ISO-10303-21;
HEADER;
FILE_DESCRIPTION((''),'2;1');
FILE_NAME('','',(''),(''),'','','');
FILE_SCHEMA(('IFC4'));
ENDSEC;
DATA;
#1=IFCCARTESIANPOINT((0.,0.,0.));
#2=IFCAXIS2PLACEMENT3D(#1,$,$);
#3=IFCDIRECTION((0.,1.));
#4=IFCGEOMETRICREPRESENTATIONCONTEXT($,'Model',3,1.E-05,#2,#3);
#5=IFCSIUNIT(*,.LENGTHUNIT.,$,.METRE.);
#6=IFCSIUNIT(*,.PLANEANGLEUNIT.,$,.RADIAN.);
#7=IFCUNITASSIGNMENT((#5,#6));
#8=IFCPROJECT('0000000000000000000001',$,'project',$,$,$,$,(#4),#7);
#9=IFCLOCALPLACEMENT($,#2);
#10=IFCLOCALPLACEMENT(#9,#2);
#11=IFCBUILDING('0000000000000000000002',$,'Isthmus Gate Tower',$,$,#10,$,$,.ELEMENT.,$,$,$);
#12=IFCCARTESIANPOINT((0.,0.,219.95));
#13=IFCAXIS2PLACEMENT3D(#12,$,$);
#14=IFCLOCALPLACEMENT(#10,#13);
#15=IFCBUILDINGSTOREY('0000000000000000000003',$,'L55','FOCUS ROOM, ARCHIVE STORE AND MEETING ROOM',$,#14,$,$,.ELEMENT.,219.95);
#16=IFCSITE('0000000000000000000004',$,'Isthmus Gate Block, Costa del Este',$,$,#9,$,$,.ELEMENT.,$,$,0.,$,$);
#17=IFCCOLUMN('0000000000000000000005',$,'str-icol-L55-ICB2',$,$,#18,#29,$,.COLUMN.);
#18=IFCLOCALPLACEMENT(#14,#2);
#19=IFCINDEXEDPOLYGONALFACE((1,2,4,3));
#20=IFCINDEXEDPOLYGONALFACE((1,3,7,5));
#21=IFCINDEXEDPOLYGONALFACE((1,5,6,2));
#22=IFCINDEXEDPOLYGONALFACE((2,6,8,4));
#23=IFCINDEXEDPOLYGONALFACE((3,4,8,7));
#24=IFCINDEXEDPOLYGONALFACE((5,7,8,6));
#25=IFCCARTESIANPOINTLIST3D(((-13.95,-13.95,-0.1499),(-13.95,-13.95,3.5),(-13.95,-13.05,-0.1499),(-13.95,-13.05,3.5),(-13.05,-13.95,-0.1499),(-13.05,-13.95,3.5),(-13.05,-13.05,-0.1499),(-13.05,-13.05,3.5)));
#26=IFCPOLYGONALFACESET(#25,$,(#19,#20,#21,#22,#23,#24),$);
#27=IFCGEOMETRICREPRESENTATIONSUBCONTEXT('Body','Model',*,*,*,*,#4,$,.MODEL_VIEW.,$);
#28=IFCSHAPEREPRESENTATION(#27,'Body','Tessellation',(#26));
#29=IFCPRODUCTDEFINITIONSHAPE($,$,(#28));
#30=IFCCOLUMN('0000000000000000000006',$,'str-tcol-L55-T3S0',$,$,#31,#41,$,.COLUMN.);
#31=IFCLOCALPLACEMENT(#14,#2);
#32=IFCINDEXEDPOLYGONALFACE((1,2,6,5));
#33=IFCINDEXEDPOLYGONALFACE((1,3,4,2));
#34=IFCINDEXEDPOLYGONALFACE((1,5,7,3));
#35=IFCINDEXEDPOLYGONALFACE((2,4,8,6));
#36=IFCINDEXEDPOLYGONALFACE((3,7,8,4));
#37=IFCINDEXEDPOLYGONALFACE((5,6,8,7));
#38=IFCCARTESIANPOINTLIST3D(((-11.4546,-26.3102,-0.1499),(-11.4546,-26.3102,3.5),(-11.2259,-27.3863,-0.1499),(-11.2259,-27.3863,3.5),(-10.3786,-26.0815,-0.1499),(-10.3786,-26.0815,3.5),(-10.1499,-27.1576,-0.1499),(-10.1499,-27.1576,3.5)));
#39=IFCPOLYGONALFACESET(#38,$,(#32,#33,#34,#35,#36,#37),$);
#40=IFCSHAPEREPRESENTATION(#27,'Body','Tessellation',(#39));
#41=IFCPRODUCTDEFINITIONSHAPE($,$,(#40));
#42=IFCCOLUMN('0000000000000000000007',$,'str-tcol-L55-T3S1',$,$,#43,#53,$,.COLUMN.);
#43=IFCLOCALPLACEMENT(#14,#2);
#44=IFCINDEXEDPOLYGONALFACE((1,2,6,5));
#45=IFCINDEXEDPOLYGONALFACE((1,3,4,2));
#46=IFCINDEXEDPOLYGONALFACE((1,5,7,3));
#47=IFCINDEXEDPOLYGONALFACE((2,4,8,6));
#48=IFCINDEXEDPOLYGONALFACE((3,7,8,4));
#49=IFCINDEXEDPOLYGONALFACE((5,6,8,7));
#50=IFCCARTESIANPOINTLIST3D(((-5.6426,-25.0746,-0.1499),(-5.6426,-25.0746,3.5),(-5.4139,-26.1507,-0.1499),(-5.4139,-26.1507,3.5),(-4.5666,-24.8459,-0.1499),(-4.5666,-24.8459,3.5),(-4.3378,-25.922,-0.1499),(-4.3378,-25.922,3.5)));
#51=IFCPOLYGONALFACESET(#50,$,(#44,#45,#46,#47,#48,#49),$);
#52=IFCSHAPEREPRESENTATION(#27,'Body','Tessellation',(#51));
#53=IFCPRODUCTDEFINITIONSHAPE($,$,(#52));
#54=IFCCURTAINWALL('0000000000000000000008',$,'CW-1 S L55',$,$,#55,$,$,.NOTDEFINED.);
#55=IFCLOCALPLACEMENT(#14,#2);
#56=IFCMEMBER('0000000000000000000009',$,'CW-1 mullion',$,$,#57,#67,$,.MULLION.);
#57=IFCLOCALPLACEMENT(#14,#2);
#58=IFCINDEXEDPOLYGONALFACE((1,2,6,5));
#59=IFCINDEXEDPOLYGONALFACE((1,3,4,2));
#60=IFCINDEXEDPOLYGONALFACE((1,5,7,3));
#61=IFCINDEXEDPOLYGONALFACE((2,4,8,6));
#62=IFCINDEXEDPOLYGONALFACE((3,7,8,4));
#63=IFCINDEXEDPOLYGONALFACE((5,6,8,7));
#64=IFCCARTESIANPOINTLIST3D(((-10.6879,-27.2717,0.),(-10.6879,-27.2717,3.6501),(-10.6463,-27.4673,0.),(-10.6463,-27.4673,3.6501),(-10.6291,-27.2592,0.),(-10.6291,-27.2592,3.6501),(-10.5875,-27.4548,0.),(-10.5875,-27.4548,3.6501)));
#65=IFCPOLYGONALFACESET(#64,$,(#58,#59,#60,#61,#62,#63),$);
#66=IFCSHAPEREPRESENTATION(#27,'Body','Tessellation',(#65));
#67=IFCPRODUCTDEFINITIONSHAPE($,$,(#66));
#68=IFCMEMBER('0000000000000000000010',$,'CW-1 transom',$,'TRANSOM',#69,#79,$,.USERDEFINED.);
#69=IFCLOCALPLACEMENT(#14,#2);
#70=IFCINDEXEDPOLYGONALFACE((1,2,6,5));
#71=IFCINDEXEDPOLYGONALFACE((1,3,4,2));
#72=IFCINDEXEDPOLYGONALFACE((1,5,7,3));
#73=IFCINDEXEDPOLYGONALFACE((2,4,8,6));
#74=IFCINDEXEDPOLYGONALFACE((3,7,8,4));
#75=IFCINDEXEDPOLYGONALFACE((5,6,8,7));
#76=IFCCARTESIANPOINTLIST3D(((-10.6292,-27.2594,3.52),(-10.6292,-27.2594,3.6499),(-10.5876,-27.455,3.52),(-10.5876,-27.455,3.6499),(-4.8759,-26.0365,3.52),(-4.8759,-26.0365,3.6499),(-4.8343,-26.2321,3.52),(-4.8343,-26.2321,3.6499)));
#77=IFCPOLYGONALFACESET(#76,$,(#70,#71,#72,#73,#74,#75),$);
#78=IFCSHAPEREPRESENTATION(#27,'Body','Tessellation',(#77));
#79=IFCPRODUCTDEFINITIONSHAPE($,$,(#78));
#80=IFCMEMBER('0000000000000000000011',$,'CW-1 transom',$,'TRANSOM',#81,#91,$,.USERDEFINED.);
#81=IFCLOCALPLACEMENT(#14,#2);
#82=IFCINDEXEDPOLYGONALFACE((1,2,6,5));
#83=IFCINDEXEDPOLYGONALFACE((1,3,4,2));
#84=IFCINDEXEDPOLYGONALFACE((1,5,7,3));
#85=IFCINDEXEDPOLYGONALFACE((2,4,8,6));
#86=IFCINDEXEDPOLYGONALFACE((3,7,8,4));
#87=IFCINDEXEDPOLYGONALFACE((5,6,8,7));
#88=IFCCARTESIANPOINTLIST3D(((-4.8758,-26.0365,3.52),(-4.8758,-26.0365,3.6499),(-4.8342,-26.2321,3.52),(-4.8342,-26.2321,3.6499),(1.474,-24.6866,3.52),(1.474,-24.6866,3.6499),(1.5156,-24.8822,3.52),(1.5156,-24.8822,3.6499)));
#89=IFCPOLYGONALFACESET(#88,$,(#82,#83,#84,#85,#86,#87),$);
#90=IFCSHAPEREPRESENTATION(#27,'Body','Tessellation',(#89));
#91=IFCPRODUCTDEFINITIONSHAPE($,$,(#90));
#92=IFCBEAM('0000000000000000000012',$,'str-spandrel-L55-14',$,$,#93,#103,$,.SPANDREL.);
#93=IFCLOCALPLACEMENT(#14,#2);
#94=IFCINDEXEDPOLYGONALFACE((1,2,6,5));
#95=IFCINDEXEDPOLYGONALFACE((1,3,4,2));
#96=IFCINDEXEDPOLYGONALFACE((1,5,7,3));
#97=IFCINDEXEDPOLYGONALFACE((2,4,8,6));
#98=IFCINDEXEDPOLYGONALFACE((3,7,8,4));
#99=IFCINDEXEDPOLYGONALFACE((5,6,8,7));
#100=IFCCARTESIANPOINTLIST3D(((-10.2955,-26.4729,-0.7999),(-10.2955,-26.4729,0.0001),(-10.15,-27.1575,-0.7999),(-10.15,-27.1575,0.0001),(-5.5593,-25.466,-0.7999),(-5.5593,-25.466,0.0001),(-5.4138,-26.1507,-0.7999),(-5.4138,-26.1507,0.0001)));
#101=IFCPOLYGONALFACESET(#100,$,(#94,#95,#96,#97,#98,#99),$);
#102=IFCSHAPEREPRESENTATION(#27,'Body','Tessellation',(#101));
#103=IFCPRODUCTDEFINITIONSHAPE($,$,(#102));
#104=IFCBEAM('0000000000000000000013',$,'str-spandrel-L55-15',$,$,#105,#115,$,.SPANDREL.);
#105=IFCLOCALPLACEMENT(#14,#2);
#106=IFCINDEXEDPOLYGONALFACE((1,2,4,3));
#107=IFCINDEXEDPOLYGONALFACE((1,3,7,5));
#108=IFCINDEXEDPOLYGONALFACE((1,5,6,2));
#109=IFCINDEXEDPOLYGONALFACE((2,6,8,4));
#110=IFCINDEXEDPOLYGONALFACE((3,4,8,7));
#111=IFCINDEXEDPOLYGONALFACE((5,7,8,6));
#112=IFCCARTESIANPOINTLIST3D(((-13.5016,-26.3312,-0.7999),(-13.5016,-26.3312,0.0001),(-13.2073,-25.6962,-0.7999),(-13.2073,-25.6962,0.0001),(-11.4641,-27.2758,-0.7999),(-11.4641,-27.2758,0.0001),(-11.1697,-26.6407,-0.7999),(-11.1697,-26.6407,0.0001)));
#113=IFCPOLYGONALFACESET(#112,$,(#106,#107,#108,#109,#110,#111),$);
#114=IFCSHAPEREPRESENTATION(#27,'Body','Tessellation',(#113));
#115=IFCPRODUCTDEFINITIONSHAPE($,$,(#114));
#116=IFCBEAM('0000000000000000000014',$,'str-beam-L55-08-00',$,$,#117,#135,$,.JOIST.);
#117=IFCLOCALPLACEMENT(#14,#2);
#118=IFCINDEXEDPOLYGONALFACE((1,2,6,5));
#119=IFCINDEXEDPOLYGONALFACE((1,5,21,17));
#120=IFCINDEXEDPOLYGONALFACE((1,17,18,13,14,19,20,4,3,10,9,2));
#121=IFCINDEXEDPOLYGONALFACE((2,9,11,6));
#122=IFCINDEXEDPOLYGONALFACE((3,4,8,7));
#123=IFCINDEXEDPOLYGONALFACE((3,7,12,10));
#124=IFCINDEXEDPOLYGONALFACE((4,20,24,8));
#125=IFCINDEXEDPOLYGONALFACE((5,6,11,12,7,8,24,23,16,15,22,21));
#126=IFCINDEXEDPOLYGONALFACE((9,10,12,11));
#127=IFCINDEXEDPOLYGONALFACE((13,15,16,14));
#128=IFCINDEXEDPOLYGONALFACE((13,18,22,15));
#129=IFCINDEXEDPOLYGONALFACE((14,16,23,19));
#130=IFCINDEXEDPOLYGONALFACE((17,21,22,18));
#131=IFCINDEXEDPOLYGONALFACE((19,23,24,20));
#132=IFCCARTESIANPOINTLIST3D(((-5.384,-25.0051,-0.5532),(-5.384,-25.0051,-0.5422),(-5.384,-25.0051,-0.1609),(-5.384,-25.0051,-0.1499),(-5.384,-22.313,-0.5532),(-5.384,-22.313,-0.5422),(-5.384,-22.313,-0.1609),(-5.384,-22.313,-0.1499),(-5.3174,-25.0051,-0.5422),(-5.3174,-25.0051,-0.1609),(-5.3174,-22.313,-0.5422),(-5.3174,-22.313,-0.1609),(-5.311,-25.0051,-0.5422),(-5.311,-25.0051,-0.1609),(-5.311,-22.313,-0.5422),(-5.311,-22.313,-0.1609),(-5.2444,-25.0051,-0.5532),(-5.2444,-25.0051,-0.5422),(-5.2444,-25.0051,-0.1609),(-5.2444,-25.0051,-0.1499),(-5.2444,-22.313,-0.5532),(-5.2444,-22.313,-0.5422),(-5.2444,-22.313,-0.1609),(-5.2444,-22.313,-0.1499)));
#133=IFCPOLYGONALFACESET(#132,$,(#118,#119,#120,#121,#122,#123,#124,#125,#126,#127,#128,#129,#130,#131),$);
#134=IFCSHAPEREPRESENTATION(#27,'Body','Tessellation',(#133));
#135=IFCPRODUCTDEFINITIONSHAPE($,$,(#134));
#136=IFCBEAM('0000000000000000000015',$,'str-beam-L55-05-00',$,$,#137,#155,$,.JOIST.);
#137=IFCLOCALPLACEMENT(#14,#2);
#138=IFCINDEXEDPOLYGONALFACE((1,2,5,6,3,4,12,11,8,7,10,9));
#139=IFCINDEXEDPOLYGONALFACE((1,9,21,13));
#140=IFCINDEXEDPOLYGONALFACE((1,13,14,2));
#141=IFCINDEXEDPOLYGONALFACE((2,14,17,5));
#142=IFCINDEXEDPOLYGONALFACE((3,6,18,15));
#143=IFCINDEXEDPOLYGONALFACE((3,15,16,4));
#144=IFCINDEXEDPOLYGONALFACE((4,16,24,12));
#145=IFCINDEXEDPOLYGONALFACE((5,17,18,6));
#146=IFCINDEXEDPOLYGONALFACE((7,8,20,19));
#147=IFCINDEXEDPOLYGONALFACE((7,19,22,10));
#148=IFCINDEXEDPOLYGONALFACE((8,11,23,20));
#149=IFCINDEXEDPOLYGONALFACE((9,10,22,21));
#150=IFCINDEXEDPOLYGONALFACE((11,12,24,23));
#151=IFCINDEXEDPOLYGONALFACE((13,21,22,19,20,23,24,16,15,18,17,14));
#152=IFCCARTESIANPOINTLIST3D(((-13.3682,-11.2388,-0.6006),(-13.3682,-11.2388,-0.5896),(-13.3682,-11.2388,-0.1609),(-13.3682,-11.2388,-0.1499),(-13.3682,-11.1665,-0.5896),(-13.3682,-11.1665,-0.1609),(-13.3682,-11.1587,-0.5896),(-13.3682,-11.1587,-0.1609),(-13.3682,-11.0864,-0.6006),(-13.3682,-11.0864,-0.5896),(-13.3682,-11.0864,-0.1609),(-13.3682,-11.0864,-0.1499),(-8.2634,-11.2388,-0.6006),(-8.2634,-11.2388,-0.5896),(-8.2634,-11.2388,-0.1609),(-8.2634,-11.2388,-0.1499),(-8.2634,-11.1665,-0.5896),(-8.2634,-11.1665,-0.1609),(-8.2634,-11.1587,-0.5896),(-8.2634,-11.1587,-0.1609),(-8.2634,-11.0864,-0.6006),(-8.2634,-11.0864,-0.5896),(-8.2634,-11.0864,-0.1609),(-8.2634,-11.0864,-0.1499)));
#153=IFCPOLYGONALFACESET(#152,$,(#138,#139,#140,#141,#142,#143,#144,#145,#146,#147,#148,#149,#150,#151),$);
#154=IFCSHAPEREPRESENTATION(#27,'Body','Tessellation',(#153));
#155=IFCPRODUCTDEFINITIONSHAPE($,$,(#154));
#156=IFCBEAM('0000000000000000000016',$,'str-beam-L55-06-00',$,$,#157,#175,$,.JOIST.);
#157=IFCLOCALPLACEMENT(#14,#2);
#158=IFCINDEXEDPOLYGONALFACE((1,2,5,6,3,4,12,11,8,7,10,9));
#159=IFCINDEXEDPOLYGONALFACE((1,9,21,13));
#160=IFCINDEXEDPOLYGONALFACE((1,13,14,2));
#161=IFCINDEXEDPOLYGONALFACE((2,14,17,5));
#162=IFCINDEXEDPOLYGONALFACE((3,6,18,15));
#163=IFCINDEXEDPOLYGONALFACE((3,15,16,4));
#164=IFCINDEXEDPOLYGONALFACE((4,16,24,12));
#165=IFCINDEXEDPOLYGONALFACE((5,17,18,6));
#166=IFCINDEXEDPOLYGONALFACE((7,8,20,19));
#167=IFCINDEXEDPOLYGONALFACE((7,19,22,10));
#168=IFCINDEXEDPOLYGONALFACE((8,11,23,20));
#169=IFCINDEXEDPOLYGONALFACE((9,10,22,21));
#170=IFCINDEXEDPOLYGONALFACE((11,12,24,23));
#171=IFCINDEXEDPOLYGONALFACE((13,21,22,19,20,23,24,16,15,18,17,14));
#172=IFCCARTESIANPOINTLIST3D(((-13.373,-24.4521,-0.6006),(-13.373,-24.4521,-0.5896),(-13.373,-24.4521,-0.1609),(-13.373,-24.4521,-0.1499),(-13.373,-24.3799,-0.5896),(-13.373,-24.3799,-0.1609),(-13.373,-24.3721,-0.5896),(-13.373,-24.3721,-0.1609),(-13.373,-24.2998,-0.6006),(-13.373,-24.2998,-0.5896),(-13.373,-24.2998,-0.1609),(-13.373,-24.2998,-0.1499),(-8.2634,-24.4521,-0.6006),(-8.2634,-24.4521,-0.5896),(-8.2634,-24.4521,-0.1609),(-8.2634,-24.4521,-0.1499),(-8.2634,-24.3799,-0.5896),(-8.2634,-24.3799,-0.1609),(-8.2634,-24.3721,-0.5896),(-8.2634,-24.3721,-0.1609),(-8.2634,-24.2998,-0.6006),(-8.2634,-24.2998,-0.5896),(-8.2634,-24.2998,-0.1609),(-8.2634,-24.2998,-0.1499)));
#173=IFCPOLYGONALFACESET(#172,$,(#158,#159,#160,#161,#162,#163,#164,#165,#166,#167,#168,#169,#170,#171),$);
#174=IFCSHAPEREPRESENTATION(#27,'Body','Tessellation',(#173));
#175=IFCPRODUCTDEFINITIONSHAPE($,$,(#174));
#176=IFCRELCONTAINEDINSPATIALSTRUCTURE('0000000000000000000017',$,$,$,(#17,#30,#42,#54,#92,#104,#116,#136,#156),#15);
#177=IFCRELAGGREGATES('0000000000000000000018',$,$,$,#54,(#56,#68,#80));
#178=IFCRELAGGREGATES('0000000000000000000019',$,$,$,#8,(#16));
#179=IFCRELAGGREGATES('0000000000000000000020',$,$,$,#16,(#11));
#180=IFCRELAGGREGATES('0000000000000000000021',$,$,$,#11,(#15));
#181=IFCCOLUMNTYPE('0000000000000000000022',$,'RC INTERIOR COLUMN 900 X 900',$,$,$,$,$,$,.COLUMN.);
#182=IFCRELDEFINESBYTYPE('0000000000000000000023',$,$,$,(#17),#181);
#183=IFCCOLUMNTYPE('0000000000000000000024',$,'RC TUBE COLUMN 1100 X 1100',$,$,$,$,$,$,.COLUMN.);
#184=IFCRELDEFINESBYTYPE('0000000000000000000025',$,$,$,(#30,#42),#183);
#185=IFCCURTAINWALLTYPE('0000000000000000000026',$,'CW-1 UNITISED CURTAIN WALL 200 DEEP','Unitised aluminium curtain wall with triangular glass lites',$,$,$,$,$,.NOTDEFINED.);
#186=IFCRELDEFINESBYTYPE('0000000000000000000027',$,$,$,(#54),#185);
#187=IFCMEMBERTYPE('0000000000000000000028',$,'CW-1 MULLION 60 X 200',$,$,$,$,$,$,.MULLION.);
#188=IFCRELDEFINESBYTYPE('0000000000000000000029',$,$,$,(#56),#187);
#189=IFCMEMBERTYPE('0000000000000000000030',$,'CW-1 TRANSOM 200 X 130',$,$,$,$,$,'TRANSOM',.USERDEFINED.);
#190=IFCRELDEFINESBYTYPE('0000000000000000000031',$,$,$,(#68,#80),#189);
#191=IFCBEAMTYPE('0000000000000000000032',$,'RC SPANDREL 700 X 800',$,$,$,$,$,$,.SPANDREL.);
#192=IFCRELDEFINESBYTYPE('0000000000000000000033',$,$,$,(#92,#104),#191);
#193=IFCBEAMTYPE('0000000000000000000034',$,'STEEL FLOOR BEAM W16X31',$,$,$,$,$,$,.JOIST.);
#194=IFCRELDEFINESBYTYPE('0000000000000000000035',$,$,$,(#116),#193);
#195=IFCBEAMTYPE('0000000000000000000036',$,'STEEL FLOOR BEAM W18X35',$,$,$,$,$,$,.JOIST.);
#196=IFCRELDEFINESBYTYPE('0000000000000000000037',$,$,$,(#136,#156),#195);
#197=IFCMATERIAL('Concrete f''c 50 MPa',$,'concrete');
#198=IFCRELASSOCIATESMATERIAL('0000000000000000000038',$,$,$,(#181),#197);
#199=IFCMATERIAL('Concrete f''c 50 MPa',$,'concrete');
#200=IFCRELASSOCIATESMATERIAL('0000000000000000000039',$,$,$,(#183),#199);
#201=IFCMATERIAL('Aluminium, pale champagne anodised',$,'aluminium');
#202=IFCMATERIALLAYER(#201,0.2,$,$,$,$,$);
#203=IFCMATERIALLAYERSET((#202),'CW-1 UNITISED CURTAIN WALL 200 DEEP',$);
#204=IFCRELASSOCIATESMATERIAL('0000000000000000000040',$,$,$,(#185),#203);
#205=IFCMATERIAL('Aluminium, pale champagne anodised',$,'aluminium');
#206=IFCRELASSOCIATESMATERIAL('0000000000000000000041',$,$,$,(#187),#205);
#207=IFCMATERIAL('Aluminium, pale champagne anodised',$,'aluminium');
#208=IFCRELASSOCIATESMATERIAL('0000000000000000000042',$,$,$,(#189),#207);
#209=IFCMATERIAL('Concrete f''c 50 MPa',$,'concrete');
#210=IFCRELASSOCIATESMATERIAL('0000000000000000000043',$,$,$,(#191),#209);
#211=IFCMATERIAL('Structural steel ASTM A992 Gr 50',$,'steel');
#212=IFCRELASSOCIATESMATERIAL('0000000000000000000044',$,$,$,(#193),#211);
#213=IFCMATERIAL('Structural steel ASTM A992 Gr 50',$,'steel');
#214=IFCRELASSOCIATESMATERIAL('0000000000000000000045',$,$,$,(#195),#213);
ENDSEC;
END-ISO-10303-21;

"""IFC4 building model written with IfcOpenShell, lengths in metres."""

from ifc_helpers import new_model, si_unit, direction, frame, origin, origin_2d, place, context, subcontext, project, spatial, rectangle, i_section, extrude, material, layer, layer_set, material_profile, profile_set, type_object, element, aggregate, save


model = new_model("IFC4")

# Units and contexts
model_context = context("Model", 3, precision=1e-05, world=origin(), true_north=direction((0.0, 1.0)))
body_context = subcontext(model_context, "Body", "Model", "MODEL_VIEW")
ifc_project = project(units=[si_unit("LENGTHUNIT", "METRE"), si_unit("PLANEANGLEUNIT", "RADIAN")], contexts=[model_context])

# Site, building, storey
site_placement = place(None, origin())
site = spatial("IfcSite", under=ifc_project, at=site_placement, Name="Isthmus Gate Block, Costa del Este", CompositionType="ELEMENT", RefElevation=0.0)
building_placement = place(site_placement, origin())
building = spatial("IfcBuilding", under=site, at=building_placement, Name="Isthmus Gate Tower", CompositionType="ELEMENT")
storey_placement = place(building_placement, frame((0.0, 0.0, 219.95)))
storey = spatial("IfcBuildingStorey", under=building, at=storey_placement, Name="L55", Description="FOCUS ROOM, ARCHIVE STORE AND MEETING ROOM", CompositionType="ELEMENT", Elevation=219.95)

# Columns
ifc_material_1 = material(Name="Concrete f'c 50 MPa", Category="concrete")
ifc_material_profile_1 = material_profile(ifc_material_1, rectangle(XDim=0.8999, YDim=0.8999, at=origin_2d()), Name="RC 900X900")
ifc_profile_set_1 = profile_set([ifc_material_profile_1], Name="Concrete f'c 50 MPa")
column_type_1 = type_object("IfcColumnType", Name="RC INTERIOR COLUMN 900 X 900", PredefinedType="COLUMN", material=ifc_profile_set_1)
column_placement = place(storey_placement, frame((-13.5, -13.5, -0.1499), z_axis=(0.0, 0.0, 1.0), x_axis=(1.0, 0.0, 0.0)))
element("IfcColumn", 1, at=column_placement, inside=storey, type_object=column_type_1, Name="str-icol-L55-ICB2", PredefinedType="COLUMN", context=body_context, shape_type="SweptSolid", body=[
    extrude(rectangle(XDim=0.8999, YDim=0.8999, at=origin_2d()), origin(), (0.0, 0.0, 1.0), 3.6499),
])
ifc_material_2 = material(Name="Concrete f'c 50 MPa", Category="concrete")
ifc_material_profile_2 = material_profile(ifc_material_2, rectangle(XDim=1.1001, YDim=1.1001, at=origin_2d()), Name="RC 1100X1100")
ifc_profile_set_2 = profile_set([ifc_material_profile_2], Name="Concrete f'c 50 MPa")
column_type_2 = type_object("IfcColumnType", Name="RC TUBE COLUMN 1100 X 1100", PredefinedType="COLUMN", material=ifc_profile_set_2)
for number, where, z_axis, x_axis, name in (
    (2, (-10.8022, -26.7339, -0.1499), (0.0, 0.0, 1.0), (0.978148, 0.207912, 0.0), "str-tcol-L55-T3S0"),
    (3, (-4.9902, -25.4983, -0.1499), (0.0, 0.0, 1.0), (0.978148, 0.207912, 0.0), "str-tcol-L55-T3S1"),
):
    element("IfcColumn", number, at=place(storey_placement, frame(where, z_axis=z_axis, x_axis=x_axis)), inside=storey, type_object=column_type_2, Name=name, PredefinedType="COLUMN", context=body_context, shape_type="SweptSolid", body=[
        extrude(rectangle(XDim=1.1001, YDim=1.1001, at=origin_2d()), origin(), (0.0, 0.0, 1.0), 3.6499),
    ])

# Curtain wall, members
ifc_material_3 = material(Name="Aluminium, pale champagne anodised", Category="aluminium")
ifc_layer_1 = layer(ifc_material_3, 0.2)
ifc_layer_set_1 = layer_set([ifc_layer_1], Name="CW-1 UNITISED CURTAIN WALL 200 DEEP")
curtain_wall_type = type_object("IfcCurtainWallType", Name="CW-1 UNITISED CURTAIN WALL 200 DEEP", Description="Unitised aluminium curtain wall with triangular glass lites", PredefinedType="NOTDEFINED", material=ifc_layer_set_1)
curtain_wall_1_placement = place(storey_placement, origin())
curtain_wall_1 = element("IfcCurtainWall", 4, at=curtain_wall_1_placement, inside=storey, type_object=curtain_wall_type, Name="CW-1 S L55", PredefinedType="NOTDEFINED")
ifc_material_4 = material(Name="Aluminium, pale champagne anodised", Category="aluminium")
ifc_material_profile_3 = material_profile(ifc_material_4, rectangle(XDim=0.0601, YDim=0.2, at=origin_2d()), Name="60x200")
ifc_profile_set_3 = profile_set([ifc_material_profile_3], Name="Aluminium, pale champagne anodised")
member_type_1 = type_object("IfcMemberType", Name="CW-1 MULLION 60 X 200", PredefinedType="MULLION", material=ifc_profile_set_3)
member_1_placement = place(storey_placement, frame((-10.6377, -27.3633, 0.0), z_axis=(0.0, 0.0, 1.0), x_axis=(0.978148, 0.207912, 0.0)))
member_1 = element("IfcMember", 5, at=member_1_placement, type_object=member_type_1, Name="CW-1 mullion", PredefinedType="MULLION", context=body_context, shape_type="SweptSolid", body=[
    extrude(rectangle(XDim=0.0601, YDim=0.2, at=origin_2d()), origin(), (0.0, 0.0, 1.0), 3.6501),
])
ifc_material_5 = material(Name="Aluminium, pale champagne anodised", Category="aluminium")
ifc_material_profile_4 = material_profile(ifc_material_5, rectangle(XDim=0.2, YDim=0.1299, at=origin_2d()), Name="200x130")
ifc_profile_set_4 = profile_set([ifc_material_profile_4], Name="Aluminium, pale champagne anodised")
member_type_2 = type_object("IfcMemberType", Name="CW-1 TRANSOM 200 X 130", ElementType="TRANSOM", PredefinedType="USERDEFINED", material=ifc_profile_set_4)
member_2_placement = place(storey_placement, frame((-10.6084, -27.3572, 3.585), z_axis=(0.978149, 0.207907, 0.0), x_axis=(-0.207907, 0.978149, 0.0)))
member_2 = element("IfcMember", 6, at=member_2_placement, type_object=member_type_2, Name="CW-1 transom", ObjectType="TRANSOM", PredefinedType="USERDEFINED", context=body_context, shape_type="SweptSolid", body=[
    extrude(rectangle(XDim=0.2, YDim=0.1299, at=origin_2d()), origin(), (0.0, 0.0, 1.0), 5.8818),
])
member_3_placement = place(storey_placement, frame((-4.855, -26.1343, 3.585), z_axis=(0.978143, 0.207934, 0.0), x_axis=(-0.207934, 0.978143, 0.0)))
member_3 = element("IfcMember", 7, at=member_3_placement, type_object=member_type_2, Name="CW-1 transom", ObjectType="TRANSOM", PredefinedType="USERDEFINED", context=body_context, shape_type="SweptSolid", body=[
    extrude(rectangle(XDim=0.2, YDim=0.1299, at=origin_2d()), origin(), (0.0, 0.0, 1.0), 6.4917),
])

# Beams
ifc_material_6 = material(Name="Concrete f'c 50 MPa", Category="concrete")
ifc_material_profile_5 = material_profile(ifc_material_6, rectangle(XDim=0.7, YDim=0.8, at=origin_2d()), Name="RC 700X800")
ifc_profile_set_5 = profile_set([ifc_material_profile_5], Name="Concrete f'c 50 MPa")
beam_type_1 = type_object("IfcBeamType", Name="RC SPANDREL 700 X 800", PredefinedType="SPANDREL", material=ifc_profile_set_5)
beam_1_placement = place(storey_placement, frame((-5.4866, -25.8083, -0.3999), z_axis=(-0.978141, -0.207941, 0.0), x_axis=(0.207941, -0.978141, 0.0)))
element("IfcBeam", 8, at=beam_1_placement, inside=storey, type_object=beam_type_1, Name="str-spandrel-L55-14", PredefinedType="SPANDREL", context=body_context, shape_type="SweptSolid", body=[
    extrude(rectangle(XDim=0.7, YDim=0.8, at=origin_2d()), origin(), (0.0, 0.0, 1.0), 4.842),
])
beam_2_placement = place(storey_placement, frame((-11.3169, -26.9583, -0.3999), z_axis=(-0.907255, 0.420581, 0.0), x_axis=(-0.420581, -0.907255, 0.0)))
element("IfcBeam", 9, at=beam_2_placement, inside=storey, type_object=beam_type_1, Name="str-spandrel-L55-15", PredefinedType="SPANDREL", context=body_context, shape_type="SweptSolid", body=[
    extrude(rectangle(XDim=0.7, YDim=0.8, at=origin_2d()), origin(), (0.0, 0.0, 1.0), 2.2458),
])
ifc_material_7 = material(Name="Structural steel ASTM A992 Gr 50", Category="steel")
ifc_material_profile_6 = material_profile(ifc_material_7, i_section(OverallWidth=0.1396, OverallDepth=0.4033, WebThickness=0.0063, FlangeThickness=0.011, at=origin_2d()), Name="W16X31")
ifc_profile_set_6 = profile_set([ifc_material_profile_6], Name="Structural steel ASTM A992 Gr 50")
beam_type_2 = type_object("IfcBeamType", Name="STEEL FLOOR BEAM W16X31", PredefinedType="JOIST", material=ifc_profile_set_6)
beam_3_placement = place(storey_placement, frame((-5.3142, -25.0051, -0.3516), z_axis=(0.0, 1.0, 0.0), x_axis=(-1.0, 0.0, 0.0)))
element("IfcBeam", 10, at=beam_3_placement, inside=storey, type_object=beam_type_2, Name="str-beam-L55-08-00", PredefinedType="JOIST", context=body_context, shape_type="SweptSolid", body=[
    extrude(i_section(OverallWidth=0.1396, OverallDepth=0.4033, WebThickness=0.0063, FlangeThickness=0.011, at=origin_2d()), origin(), (0.0, 0.0, 1.0), 2.6921),
])
ifc_material_8 = material(Name="Structural steel ASTM A992 Gr 50", Category="steel")
ifc_material_profile_7 = material_profile(ifc_material_8, i_section(OverallWidth=0.1523, OverallDepth=0.4507, WebThickness=0.0078, FlangeThickness=0.011, at=origin_2d()), Name="W18X35")
ifc_profile_set_7 = profile_set([ifc_material_profile_7], Name="Structural steel ASTM A992 Gr 50")
beam_type_3 = type_object("IfcBeamType", Name="STEEL FLOOR BEAM W18X35", PredefinedType="JOIST", material=ifc_profile_set_7)
beam_4_placement = place(storey_placement, frame((-13.3682, -11.1626, -0.3752), z_axis=(1.0, 0.0, 0.0), x_axis=(0.0, 1.0, 0.0)))
element("IfcBeam", 11, at=beam_4_placement, inside=storey, type_object=beam_type_3, Name="str-beam-L55-05-00", PredefinedType="JOIST", context=body_context, shape_type="SweptSolid", body=[
    extrude(i_section(OverallWidth=0.1523, OverallDepth=0.4507, WebThickness=0.0078, FlangeThickness=0.011, at=origin_2d()), origin(), (0.0, 0.0, 1.0), 5.1047),
])
for number, where, z_axis, x_axis, name in (
    (12, (-13.373, -24.376, -0.3752), (1.0, 0.0, 0.0), (0.0, 1.0, 0.0), "str-beam-L55-06-00"),
):
    element("IfcBeam", number, at=place(storey_placement, frame(where, z_axis=z_axis, x_axis=x_axis)), inside=storey, type_object=beam_type_3, Name=name, PredefinedType="JOIST", context=body_context, shape_type="SweptSolid", body=[
        extrude(i_section(OverallWidth=0.1523, OverallDepth=0.4507, WebThickness=0.0078, FlangeThickness=0.011, at=origin_2d()), origin(), (0.0, 0.0, 1.0), 5.1096),
    ])

aggregate(curtain_wall_1, [member_1, member_2, member_3])

save(model, "model.ifc")
